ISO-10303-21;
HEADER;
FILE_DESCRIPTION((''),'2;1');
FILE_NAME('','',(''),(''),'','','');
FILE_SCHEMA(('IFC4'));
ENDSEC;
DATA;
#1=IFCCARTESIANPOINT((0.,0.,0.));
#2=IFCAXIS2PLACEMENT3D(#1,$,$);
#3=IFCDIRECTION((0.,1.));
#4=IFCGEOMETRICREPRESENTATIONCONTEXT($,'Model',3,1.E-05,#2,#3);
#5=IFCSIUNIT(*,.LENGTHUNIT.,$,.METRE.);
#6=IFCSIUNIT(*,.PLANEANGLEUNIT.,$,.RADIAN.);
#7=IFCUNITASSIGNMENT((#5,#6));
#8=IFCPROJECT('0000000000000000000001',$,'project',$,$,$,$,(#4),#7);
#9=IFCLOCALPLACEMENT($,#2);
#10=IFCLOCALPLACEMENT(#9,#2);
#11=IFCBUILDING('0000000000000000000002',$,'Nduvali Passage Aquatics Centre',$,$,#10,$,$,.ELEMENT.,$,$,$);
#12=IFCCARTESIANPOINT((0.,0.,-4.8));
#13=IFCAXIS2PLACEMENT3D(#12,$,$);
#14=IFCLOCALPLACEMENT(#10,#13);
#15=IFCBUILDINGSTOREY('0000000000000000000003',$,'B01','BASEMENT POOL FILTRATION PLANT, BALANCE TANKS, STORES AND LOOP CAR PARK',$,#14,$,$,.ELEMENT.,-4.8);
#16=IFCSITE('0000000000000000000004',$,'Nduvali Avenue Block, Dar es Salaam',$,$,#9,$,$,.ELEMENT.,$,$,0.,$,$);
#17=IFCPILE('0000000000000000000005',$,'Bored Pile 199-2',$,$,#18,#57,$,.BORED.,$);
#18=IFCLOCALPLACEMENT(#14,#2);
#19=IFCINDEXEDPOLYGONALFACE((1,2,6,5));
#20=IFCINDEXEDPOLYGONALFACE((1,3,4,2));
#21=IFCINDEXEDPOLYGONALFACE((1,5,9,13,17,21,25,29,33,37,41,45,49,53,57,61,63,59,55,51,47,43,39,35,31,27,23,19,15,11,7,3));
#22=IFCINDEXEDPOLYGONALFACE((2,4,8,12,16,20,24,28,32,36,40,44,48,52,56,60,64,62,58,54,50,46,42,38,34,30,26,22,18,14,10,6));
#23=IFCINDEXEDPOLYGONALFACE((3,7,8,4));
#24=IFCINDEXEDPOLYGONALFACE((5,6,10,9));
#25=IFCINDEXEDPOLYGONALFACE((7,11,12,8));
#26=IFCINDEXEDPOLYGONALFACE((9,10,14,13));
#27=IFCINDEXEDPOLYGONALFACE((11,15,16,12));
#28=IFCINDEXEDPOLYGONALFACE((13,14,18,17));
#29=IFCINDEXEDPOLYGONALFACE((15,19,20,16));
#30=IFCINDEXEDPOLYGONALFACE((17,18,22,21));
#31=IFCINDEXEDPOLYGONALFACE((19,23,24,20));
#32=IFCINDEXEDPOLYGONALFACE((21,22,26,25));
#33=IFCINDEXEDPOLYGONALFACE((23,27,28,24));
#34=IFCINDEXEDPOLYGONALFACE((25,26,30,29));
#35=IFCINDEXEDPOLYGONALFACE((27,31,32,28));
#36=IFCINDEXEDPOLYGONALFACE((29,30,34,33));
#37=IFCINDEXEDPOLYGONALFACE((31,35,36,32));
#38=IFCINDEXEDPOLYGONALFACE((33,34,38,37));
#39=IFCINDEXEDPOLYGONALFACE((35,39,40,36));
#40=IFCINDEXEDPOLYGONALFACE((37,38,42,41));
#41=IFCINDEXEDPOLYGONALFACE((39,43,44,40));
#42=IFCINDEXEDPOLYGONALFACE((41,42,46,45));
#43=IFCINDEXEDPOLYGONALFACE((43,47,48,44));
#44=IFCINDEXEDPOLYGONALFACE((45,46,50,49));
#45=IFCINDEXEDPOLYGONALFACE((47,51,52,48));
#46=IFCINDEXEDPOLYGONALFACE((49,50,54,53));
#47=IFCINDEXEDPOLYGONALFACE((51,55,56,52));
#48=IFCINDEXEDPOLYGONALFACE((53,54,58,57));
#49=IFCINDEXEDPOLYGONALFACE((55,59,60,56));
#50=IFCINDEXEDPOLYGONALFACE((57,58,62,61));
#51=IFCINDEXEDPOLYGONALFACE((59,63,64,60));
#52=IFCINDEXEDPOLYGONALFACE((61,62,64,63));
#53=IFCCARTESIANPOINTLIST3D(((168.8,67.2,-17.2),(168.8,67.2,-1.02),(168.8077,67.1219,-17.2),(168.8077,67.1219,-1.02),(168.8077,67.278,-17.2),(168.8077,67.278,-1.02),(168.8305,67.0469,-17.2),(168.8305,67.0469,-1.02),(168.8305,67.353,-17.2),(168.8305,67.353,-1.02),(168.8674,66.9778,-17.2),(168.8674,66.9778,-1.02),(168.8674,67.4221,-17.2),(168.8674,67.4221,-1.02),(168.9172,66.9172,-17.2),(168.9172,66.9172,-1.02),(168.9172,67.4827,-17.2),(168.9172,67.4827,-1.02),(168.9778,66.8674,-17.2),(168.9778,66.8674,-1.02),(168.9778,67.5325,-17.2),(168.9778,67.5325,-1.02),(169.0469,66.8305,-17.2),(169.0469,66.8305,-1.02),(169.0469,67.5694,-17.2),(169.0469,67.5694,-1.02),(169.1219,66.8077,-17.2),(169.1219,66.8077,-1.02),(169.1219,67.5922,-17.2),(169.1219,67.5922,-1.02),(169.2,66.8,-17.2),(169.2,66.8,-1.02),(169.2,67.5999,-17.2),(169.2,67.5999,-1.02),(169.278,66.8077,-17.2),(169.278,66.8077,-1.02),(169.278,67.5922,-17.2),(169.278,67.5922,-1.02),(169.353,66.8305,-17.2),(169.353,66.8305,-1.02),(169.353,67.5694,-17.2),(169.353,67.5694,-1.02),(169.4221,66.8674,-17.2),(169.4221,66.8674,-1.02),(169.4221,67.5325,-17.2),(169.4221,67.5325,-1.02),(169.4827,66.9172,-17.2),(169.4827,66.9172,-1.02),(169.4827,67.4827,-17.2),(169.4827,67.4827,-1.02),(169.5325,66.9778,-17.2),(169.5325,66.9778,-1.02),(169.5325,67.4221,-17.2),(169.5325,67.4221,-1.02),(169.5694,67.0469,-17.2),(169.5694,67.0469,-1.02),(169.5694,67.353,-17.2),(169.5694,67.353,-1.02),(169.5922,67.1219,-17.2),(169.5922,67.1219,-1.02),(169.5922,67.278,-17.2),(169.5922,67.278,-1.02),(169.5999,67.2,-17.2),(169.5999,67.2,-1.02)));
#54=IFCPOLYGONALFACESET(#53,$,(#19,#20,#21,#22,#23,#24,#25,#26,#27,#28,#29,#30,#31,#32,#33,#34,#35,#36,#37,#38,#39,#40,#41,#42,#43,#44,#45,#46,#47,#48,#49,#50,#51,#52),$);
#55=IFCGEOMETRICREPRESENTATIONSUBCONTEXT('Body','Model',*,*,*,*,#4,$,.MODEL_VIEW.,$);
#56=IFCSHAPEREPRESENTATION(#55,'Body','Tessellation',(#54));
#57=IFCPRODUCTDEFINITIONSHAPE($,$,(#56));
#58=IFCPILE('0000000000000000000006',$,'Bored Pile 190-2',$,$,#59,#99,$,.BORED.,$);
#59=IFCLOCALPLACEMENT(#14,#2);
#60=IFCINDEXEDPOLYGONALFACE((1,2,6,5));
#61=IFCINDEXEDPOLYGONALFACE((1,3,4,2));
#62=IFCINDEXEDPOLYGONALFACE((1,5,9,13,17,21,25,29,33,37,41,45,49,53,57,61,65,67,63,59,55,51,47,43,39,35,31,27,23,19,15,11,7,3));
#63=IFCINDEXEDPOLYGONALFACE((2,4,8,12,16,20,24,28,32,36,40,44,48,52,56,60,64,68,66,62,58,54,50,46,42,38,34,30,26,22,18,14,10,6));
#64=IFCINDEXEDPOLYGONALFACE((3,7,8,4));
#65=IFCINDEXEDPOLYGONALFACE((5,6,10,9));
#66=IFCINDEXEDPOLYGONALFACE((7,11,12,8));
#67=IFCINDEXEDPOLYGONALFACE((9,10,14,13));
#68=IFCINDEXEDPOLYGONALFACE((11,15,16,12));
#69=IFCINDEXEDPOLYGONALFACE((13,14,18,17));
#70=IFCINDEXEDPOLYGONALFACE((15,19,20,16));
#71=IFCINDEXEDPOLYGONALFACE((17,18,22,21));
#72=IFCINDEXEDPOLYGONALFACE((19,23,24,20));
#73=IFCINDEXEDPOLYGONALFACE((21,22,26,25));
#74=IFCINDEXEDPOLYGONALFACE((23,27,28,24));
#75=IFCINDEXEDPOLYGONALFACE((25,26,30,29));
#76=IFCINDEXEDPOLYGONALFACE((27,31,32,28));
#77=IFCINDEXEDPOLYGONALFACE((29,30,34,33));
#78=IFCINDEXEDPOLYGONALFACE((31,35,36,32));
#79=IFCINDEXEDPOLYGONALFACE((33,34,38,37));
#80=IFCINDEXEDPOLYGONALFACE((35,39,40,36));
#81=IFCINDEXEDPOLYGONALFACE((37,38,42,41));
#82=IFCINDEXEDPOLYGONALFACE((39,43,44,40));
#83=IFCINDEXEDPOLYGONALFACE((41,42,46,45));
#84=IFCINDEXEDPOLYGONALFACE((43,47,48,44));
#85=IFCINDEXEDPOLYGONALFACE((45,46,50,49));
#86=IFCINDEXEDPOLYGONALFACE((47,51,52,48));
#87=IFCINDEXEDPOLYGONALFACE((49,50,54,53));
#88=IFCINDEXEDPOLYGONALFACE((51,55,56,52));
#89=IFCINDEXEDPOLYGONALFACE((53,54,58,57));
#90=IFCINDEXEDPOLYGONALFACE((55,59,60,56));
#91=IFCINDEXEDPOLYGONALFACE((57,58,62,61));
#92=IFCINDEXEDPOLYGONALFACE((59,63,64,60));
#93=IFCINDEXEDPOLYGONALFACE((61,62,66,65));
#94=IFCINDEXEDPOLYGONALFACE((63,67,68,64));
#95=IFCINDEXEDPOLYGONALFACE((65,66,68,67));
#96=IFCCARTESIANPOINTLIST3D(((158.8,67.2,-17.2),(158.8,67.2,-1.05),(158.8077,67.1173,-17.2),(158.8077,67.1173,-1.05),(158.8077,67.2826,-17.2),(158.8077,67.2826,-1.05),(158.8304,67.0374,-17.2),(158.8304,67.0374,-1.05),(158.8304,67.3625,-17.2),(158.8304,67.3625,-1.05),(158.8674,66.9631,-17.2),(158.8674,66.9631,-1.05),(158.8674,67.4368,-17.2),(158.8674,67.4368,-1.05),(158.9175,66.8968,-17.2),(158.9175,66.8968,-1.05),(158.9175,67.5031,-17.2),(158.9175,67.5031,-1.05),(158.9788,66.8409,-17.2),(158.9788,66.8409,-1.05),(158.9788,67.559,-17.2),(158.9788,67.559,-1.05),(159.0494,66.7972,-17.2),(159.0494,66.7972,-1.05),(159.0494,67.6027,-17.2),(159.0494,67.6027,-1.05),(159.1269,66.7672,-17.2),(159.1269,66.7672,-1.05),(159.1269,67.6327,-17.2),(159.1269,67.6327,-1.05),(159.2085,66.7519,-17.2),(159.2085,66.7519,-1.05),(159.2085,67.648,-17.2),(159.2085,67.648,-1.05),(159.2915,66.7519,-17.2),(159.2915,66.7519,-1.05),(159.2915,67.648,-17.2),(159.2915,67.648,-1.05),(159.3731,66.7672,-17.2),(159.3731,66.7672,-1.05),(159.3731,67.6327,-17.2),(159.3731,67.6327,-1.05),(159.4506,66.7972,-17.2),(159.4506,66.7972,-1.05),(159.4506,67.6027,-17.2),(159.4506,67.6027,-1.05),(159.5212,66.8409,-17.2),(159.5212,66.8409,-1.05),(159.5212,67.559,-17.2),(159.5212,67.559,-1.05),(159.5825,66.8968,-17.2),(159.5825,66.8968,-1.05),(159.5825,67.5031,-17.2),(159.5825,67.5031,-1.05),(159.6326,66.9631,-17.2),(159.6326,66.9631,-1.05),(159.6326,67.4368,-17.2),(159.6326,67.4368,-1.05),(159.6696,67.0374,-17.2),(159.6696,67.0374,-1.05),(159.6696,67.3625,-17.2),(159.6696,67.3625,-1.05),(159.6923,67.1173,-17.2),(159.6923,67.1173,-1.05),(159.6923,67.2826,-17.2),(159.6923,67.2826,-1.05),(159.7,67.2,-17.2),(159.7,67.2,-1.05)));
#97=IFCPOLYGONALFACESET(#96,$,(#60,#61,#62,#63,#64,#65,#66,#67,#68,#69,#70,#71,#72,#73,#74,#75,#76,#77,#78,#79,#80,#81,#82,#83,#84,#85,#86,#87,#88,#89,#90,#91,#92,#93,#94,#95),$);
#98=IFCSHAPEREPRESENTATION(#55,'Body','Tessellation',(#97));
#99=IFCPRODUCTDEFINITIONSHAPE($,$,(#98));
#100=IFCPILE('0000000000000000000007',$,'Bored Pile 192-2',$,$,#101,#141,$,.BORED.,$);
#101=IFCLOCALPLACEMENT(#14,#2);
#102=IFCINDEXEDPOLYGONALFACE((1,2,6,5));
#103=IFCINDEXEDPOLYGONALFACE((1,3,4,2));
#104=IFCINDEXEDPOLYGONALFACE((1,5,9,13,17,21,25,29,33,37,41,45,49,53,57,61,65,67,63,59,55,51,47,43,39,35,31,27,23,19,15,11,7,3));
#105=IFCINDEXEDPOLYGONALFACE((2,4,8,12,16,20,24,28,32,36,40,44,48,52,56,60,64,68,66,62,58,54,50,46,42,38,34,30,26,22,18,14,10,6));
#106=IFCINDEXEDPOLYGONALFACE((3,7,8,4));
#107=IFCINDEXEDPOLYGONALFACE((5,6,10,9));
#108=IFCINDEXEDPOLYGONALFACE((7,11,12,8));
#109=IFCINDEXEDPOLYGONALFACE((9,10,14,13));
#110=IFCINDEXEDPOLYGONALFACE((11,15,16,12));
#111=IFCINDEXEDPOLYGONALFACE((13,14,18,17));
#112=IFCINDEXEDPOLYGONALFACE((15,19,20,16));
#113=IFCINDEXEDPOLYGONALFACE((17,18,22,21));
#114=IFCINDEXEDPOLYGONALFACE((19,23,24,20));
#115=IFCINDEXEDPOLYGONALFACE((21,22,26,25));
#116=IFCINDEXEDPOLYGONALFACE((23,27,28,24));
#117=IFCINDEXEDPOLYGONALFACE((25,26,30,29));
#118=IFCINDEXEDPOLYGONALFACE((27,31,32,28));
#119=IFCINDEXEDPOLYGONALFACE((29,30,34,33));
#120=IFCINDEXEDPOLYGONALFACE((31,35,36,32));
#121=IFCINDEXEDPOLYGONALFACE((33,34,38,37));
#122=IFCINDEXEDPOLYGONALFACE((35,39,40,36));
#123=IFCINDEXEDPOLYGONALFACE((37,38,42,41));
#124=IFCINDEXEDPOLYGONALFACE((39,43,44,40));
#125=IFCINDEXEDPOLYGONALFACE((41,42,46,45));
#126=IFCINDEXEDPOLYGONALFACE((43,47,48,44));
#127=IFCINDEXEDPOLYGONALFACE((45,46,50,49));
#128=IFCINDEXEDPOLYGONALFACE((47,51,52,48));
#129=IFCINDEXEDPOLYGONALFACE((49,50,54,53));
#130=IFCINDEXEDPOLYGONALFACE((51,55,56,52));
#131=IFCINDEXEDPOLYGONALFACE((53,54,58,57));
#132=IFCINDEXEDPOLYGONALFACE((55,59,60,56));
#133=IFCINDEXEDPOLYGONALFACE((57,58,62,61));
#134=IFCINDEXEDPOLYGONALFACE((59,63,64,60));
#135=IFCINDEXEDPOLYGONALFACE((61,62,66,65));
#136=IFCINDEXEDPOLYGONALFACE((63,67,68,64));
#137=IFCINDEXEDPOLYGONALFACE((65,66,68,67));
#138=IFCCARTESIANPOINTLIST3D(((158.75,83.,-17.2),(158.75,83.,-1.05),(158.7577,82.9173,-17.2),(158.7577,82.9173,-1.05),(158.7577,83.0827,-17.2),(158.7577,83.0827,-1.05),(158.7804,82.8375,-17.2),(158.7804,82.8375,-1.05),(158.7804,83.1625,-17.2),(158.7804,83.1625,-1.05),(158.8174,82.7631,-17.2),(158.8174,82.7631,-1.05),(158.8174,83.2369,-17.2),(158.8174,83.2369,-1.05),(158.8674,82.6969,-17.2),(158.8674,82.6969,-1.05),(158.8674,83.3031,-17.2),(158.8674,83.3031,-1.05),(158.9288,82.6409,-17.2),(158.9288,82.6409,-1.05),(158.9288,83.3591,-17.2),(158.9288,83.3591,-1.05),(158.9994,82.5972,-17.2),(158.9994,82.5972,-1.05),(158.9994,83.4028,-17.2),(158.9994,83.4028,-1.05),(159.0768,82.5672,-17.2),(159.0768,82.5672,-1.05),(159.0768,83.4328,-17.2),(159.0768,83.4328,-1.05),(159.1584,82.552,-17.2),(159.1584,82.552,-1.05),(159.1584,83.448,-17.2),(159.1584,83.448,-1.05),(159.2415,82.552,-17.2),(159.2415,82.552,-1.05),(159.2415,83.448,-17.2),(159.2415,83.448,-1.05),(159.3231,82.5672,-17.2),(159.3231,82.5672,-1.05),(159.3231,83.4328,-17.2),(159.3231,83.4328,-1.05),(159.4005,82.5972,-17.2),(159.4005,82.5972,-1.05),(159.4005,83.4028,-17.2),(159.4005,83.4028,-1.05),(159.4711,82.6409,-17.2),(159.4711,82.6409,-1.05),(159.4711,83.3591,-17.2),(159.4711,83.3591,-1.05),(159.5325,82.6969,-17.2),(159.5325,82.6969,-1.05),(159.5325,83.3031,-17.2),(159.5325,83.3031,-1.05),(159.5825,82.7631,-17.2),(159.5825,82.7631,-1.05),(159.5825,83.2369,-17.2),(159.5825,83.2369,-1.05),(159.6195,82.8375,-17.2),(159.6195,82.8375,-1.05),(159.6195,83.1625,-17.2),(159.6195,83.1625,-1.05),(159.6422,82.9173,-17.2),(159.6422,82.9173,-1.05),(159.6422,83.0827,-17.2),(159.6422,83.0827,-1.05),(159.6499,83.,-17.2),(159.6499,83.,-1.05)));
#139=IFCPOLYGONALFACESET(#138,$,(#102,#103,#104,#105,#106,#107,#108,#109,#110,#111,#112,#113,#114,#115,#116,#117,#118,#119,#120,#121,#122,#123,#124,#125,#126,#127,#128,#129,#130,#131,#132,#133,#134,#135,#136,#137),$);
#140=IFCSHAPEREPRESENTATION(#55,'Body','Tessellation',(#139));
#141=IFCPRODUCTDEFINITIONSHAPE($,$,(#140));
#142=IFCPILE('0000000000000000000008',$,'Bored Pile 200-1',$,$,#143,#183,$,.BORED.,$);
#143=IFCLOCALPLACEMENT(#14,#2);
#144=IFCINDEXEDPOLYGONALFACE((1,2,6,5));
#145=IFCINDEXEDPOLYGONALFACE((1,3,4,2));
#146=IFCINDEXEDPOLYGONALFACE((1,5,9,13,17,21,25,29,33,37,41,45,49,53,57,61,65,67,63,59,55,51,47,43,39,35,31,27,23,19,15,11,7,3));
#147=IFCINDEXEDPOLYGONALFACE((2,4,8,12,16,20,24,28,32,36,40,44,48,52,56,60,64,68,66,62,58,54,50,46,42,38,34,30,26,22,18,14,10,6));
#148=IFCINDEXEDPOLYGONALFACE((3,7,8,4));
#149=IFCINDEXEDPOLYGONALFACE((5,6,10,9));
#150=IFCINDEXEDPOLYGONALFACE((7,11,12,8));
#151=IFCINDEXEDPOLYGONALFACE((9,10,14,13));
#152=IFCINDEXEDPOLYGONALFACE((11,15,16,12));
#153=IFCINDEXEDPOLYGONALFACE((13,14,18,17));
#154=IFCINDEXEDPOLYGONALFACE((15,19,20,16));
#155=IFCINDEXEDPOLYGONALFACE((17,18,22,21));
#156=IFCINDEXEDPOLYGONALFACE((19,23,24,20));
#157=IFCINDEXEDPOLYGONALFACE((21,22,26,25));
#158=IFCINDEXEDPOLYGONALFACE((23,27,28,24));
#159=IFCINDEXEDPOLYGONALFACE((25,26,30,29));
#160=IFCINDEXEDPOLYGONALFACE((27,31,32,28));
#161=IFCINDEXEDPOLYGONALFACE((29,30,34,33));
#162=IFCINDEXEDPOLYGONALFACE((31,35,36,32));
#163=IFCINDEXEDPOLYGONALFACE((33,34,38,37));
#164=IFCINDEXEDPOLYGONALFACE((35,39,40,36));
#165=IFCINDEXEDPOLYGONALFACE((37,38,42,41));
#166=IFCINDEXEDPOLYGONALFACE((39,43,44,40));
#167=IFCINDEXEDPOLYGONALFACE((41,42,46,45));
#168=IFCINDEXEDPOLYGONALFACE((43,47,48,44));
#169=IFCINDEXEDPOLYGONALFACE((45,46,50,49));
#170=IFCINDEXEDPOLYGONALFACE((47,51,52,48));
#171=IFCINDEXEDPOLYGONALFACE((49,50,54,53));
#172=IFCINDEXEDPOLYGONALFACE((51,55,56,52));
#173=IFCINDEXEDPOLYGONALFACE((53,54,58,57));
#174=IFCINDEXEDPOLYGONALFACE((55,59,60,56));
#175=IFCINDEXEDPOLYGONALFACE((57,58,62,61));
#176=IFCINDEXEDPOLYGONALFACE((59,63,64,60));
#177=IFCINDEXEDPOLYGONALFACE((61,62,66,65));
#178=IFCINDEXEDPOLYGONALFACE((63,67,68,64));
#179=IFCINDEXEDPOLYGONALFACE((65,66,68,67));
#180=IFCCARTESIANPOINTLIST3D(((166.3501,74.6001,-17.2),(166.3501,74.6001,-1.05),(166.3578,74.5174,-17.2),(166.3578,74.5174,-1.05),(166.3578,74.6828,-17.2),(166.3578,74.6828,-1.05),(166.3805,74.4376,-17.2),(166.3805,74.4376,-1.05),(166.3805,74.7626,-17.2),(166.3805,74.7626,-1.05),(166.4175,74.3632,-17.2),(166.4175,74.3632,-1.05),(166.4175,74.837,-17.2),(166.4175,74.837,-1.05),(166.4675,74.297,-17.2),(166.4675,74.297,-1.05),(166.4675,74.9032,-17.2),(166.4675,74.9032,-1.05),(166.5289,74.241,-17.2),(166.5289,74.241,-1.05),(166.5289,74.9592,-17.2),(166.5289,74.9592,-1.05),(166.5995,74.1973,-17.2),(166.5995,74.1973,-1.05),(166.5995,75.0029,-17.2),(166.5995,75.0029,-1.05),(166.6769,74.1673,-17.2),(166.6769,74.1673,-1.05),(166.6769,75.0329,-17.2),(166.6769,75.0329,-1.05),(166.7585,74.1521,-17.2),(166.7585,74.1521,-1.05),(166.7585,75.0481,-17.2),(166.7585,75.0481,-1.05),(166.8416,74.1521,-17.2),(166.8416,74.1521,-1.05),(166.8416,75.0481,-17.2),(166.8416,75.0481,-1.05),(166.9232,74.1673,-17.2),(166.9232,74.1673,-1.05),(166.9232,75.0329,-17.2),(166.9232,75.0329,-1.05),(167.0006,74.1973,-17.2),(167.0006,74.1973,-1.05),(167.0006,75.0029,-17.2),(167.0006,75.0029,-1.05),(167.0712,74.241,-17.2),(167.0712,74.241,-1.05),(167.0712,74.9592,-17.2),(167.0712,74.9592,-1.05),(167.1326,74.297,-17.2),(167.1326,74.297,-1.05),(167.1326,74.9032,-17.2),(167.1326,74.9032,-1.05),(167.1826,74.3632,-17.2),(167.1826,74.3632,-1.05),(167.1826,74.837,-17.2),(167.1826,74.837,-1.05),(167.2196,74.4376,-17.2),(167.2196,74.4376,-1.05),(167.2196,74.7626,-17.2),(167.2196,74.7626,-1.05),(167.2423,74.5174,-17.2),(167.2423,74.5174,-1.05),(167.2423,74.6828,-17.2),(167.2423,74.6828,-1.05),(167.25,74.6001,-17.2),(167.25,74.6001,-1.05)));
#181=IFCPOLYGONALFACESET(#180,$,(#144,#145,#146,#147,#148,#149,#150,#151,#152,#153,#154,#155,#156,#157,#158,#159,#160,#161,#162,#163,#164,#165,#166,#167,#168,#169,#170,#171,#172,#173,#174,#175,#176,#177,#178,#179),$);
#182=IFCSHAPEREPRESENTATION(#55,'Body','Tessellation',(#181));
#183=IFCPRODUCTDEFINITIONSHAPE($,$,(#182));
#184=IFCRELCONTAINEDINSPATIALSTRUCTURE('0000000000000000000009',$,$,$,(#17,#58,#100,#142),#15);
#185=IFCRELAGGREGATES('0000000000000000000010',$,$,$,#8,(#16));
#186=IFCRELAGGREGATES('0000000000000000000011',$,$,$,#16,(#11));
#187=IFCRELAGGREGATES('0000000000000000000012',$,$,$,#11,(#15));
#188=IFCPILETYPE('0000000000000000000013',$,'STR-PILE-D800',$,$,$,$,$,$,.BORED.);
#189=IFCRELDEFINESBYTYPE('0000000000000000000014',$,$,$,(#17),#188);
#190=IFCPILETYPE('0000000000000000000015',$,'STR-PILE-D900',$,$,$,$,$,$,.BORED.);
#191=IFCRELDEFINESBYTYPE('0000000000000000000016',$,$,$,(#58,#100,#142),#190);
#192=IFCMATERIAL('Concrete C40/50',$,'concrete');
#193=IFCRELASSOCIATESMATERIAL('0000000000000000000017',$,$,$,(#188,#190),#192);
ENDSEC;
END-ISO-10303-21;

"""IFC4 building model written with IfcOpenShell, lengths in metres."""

from ifc_helpers import new_model, si_unit, direction, frame, origin, origin_2d, place, context, subcontext, project, spatial, circle, extrude, material, material_profile, profile_set, type_object, element, save


model = new_model("IFC4")

# Units and contexts
model_context = context("Model", 3, precision=1e-05, world=origin(), true_north=direction((0.0, 1.0)))
body_context = subcontext(model_context, "Body", "Model", "MODEL_VIEW")
ifc_project = project(units=[si_unit("LENGTHUNIT", "METRE"), si_unit("PLANEANGLEUNIT", "RADIAN")], contexts=[model_context])

# Site, building, storey
site_placement = place(None, origin())
site = spatial("IfcSite", under=ifc_project, at=site_placement, Name="Nduvali Avenue Block, Dar es Salaam", CompositionType="ELEMENT", RefElevation=0.0)
building_placement = place(site_placement, origin())
building = spatial("IfcBuilding", under=site, at=building_placement, Name="Nduvali Passage Aquatics Centre", CompositionType="ELEMENT")
storey_placement = place(building_placement, frame((0.0, 0.0, -4.8)))
storey = spatial("IfcBuildingStorey", under=building, at=storey_placement, Name="B01", Description="BASEMENT POOL FILTRATION PLANT, BALANCE TANKS, STORES AND LOOP CAR PARK", CompositionType="ELEMENT", Elevation=-4.8)

# Shared definitions
ifc_material = material(Name="Concrete C40/50", Category="concrete")

# Piles
ifc_material_profile_1 = material_profile(ifc_material, circle(Radius=0.3999, at=origin_2d()), Name="PILE D800")
ifc_profile_set_1 = profile_set([ifc_material_profile_1], Name="Concrete C40/50")
pile_type_1 = type_object("IfcPileType", Name="STR-PILE-D800", PredefinedType="BORED", material=ifc_profile_set_1)
for number, where, z_axis, x_axis, name in (
    (1, (169.2, 67.2, -1.02), (0.0, 0.0, -1.0), (1.0, 0.0, 0.0), "Bored Pile 199-2"),
):
    element("IfcPile", number, at=place(storey_placement, frame(where, z_axis=z_axis, x_axis=x_axis)), inside=storey, type_object=pile_type_1, Name=name, PredefinedType="BORED", context=body_context, shape_type="SweptSolid", body=[
        extrude(circle(Radius=0.3999, at=origin_2d()), origin(), (0.0, 0.0, 1.0), 16.1799),
    ])
ifc_material_profile_2 = material_profile(ifc_material, circle(Radius=0.45, at=origin_2d()), Name="PILE D900")
ifc_profile_set_2 = profile_set([ifc_material_profile_2], Name="Concrete C40/50")
pile_type_2 = type_object("IfcPileType", Name="STR-PILE-D900", PredefinedType="BORED", material=ifc_profile_set_2)
for number, where, z_axis, x_axis, name in (
    (2, (159.25, 67.2, -1.05), (0.0, 0.0, -1.0), (1.0, 0.0, 0.0), "Bored Pile 190-2"),
    (3, (159.2, 83.0, -1.05), (0.0, 0.0, -1.0), (1.0, 0.0, 0.0), "Bored Pile 192-2"),
    (4, (166.8, 74.6001, -1.05), (0.0, 0.0, -1.0), (1.0, 0.0, 0.0), "Bored Pile 200-1"),
):
    element("IfcPile", number, at=place(storey_placement, frame(where, z_axis=z_axis, x_axis=x_axis)), inside=storey, type_object=pile_type_2, Name=name, PredefinedType="BORED", context=body_context, shape_type="SweptSolid", body=[
        extrude(circle(Radius=0.45, at=origin_2d()), origin(), (0.0, 0.0, 1.0), 16.1499),
    ])

save(model, "model.ifc")
